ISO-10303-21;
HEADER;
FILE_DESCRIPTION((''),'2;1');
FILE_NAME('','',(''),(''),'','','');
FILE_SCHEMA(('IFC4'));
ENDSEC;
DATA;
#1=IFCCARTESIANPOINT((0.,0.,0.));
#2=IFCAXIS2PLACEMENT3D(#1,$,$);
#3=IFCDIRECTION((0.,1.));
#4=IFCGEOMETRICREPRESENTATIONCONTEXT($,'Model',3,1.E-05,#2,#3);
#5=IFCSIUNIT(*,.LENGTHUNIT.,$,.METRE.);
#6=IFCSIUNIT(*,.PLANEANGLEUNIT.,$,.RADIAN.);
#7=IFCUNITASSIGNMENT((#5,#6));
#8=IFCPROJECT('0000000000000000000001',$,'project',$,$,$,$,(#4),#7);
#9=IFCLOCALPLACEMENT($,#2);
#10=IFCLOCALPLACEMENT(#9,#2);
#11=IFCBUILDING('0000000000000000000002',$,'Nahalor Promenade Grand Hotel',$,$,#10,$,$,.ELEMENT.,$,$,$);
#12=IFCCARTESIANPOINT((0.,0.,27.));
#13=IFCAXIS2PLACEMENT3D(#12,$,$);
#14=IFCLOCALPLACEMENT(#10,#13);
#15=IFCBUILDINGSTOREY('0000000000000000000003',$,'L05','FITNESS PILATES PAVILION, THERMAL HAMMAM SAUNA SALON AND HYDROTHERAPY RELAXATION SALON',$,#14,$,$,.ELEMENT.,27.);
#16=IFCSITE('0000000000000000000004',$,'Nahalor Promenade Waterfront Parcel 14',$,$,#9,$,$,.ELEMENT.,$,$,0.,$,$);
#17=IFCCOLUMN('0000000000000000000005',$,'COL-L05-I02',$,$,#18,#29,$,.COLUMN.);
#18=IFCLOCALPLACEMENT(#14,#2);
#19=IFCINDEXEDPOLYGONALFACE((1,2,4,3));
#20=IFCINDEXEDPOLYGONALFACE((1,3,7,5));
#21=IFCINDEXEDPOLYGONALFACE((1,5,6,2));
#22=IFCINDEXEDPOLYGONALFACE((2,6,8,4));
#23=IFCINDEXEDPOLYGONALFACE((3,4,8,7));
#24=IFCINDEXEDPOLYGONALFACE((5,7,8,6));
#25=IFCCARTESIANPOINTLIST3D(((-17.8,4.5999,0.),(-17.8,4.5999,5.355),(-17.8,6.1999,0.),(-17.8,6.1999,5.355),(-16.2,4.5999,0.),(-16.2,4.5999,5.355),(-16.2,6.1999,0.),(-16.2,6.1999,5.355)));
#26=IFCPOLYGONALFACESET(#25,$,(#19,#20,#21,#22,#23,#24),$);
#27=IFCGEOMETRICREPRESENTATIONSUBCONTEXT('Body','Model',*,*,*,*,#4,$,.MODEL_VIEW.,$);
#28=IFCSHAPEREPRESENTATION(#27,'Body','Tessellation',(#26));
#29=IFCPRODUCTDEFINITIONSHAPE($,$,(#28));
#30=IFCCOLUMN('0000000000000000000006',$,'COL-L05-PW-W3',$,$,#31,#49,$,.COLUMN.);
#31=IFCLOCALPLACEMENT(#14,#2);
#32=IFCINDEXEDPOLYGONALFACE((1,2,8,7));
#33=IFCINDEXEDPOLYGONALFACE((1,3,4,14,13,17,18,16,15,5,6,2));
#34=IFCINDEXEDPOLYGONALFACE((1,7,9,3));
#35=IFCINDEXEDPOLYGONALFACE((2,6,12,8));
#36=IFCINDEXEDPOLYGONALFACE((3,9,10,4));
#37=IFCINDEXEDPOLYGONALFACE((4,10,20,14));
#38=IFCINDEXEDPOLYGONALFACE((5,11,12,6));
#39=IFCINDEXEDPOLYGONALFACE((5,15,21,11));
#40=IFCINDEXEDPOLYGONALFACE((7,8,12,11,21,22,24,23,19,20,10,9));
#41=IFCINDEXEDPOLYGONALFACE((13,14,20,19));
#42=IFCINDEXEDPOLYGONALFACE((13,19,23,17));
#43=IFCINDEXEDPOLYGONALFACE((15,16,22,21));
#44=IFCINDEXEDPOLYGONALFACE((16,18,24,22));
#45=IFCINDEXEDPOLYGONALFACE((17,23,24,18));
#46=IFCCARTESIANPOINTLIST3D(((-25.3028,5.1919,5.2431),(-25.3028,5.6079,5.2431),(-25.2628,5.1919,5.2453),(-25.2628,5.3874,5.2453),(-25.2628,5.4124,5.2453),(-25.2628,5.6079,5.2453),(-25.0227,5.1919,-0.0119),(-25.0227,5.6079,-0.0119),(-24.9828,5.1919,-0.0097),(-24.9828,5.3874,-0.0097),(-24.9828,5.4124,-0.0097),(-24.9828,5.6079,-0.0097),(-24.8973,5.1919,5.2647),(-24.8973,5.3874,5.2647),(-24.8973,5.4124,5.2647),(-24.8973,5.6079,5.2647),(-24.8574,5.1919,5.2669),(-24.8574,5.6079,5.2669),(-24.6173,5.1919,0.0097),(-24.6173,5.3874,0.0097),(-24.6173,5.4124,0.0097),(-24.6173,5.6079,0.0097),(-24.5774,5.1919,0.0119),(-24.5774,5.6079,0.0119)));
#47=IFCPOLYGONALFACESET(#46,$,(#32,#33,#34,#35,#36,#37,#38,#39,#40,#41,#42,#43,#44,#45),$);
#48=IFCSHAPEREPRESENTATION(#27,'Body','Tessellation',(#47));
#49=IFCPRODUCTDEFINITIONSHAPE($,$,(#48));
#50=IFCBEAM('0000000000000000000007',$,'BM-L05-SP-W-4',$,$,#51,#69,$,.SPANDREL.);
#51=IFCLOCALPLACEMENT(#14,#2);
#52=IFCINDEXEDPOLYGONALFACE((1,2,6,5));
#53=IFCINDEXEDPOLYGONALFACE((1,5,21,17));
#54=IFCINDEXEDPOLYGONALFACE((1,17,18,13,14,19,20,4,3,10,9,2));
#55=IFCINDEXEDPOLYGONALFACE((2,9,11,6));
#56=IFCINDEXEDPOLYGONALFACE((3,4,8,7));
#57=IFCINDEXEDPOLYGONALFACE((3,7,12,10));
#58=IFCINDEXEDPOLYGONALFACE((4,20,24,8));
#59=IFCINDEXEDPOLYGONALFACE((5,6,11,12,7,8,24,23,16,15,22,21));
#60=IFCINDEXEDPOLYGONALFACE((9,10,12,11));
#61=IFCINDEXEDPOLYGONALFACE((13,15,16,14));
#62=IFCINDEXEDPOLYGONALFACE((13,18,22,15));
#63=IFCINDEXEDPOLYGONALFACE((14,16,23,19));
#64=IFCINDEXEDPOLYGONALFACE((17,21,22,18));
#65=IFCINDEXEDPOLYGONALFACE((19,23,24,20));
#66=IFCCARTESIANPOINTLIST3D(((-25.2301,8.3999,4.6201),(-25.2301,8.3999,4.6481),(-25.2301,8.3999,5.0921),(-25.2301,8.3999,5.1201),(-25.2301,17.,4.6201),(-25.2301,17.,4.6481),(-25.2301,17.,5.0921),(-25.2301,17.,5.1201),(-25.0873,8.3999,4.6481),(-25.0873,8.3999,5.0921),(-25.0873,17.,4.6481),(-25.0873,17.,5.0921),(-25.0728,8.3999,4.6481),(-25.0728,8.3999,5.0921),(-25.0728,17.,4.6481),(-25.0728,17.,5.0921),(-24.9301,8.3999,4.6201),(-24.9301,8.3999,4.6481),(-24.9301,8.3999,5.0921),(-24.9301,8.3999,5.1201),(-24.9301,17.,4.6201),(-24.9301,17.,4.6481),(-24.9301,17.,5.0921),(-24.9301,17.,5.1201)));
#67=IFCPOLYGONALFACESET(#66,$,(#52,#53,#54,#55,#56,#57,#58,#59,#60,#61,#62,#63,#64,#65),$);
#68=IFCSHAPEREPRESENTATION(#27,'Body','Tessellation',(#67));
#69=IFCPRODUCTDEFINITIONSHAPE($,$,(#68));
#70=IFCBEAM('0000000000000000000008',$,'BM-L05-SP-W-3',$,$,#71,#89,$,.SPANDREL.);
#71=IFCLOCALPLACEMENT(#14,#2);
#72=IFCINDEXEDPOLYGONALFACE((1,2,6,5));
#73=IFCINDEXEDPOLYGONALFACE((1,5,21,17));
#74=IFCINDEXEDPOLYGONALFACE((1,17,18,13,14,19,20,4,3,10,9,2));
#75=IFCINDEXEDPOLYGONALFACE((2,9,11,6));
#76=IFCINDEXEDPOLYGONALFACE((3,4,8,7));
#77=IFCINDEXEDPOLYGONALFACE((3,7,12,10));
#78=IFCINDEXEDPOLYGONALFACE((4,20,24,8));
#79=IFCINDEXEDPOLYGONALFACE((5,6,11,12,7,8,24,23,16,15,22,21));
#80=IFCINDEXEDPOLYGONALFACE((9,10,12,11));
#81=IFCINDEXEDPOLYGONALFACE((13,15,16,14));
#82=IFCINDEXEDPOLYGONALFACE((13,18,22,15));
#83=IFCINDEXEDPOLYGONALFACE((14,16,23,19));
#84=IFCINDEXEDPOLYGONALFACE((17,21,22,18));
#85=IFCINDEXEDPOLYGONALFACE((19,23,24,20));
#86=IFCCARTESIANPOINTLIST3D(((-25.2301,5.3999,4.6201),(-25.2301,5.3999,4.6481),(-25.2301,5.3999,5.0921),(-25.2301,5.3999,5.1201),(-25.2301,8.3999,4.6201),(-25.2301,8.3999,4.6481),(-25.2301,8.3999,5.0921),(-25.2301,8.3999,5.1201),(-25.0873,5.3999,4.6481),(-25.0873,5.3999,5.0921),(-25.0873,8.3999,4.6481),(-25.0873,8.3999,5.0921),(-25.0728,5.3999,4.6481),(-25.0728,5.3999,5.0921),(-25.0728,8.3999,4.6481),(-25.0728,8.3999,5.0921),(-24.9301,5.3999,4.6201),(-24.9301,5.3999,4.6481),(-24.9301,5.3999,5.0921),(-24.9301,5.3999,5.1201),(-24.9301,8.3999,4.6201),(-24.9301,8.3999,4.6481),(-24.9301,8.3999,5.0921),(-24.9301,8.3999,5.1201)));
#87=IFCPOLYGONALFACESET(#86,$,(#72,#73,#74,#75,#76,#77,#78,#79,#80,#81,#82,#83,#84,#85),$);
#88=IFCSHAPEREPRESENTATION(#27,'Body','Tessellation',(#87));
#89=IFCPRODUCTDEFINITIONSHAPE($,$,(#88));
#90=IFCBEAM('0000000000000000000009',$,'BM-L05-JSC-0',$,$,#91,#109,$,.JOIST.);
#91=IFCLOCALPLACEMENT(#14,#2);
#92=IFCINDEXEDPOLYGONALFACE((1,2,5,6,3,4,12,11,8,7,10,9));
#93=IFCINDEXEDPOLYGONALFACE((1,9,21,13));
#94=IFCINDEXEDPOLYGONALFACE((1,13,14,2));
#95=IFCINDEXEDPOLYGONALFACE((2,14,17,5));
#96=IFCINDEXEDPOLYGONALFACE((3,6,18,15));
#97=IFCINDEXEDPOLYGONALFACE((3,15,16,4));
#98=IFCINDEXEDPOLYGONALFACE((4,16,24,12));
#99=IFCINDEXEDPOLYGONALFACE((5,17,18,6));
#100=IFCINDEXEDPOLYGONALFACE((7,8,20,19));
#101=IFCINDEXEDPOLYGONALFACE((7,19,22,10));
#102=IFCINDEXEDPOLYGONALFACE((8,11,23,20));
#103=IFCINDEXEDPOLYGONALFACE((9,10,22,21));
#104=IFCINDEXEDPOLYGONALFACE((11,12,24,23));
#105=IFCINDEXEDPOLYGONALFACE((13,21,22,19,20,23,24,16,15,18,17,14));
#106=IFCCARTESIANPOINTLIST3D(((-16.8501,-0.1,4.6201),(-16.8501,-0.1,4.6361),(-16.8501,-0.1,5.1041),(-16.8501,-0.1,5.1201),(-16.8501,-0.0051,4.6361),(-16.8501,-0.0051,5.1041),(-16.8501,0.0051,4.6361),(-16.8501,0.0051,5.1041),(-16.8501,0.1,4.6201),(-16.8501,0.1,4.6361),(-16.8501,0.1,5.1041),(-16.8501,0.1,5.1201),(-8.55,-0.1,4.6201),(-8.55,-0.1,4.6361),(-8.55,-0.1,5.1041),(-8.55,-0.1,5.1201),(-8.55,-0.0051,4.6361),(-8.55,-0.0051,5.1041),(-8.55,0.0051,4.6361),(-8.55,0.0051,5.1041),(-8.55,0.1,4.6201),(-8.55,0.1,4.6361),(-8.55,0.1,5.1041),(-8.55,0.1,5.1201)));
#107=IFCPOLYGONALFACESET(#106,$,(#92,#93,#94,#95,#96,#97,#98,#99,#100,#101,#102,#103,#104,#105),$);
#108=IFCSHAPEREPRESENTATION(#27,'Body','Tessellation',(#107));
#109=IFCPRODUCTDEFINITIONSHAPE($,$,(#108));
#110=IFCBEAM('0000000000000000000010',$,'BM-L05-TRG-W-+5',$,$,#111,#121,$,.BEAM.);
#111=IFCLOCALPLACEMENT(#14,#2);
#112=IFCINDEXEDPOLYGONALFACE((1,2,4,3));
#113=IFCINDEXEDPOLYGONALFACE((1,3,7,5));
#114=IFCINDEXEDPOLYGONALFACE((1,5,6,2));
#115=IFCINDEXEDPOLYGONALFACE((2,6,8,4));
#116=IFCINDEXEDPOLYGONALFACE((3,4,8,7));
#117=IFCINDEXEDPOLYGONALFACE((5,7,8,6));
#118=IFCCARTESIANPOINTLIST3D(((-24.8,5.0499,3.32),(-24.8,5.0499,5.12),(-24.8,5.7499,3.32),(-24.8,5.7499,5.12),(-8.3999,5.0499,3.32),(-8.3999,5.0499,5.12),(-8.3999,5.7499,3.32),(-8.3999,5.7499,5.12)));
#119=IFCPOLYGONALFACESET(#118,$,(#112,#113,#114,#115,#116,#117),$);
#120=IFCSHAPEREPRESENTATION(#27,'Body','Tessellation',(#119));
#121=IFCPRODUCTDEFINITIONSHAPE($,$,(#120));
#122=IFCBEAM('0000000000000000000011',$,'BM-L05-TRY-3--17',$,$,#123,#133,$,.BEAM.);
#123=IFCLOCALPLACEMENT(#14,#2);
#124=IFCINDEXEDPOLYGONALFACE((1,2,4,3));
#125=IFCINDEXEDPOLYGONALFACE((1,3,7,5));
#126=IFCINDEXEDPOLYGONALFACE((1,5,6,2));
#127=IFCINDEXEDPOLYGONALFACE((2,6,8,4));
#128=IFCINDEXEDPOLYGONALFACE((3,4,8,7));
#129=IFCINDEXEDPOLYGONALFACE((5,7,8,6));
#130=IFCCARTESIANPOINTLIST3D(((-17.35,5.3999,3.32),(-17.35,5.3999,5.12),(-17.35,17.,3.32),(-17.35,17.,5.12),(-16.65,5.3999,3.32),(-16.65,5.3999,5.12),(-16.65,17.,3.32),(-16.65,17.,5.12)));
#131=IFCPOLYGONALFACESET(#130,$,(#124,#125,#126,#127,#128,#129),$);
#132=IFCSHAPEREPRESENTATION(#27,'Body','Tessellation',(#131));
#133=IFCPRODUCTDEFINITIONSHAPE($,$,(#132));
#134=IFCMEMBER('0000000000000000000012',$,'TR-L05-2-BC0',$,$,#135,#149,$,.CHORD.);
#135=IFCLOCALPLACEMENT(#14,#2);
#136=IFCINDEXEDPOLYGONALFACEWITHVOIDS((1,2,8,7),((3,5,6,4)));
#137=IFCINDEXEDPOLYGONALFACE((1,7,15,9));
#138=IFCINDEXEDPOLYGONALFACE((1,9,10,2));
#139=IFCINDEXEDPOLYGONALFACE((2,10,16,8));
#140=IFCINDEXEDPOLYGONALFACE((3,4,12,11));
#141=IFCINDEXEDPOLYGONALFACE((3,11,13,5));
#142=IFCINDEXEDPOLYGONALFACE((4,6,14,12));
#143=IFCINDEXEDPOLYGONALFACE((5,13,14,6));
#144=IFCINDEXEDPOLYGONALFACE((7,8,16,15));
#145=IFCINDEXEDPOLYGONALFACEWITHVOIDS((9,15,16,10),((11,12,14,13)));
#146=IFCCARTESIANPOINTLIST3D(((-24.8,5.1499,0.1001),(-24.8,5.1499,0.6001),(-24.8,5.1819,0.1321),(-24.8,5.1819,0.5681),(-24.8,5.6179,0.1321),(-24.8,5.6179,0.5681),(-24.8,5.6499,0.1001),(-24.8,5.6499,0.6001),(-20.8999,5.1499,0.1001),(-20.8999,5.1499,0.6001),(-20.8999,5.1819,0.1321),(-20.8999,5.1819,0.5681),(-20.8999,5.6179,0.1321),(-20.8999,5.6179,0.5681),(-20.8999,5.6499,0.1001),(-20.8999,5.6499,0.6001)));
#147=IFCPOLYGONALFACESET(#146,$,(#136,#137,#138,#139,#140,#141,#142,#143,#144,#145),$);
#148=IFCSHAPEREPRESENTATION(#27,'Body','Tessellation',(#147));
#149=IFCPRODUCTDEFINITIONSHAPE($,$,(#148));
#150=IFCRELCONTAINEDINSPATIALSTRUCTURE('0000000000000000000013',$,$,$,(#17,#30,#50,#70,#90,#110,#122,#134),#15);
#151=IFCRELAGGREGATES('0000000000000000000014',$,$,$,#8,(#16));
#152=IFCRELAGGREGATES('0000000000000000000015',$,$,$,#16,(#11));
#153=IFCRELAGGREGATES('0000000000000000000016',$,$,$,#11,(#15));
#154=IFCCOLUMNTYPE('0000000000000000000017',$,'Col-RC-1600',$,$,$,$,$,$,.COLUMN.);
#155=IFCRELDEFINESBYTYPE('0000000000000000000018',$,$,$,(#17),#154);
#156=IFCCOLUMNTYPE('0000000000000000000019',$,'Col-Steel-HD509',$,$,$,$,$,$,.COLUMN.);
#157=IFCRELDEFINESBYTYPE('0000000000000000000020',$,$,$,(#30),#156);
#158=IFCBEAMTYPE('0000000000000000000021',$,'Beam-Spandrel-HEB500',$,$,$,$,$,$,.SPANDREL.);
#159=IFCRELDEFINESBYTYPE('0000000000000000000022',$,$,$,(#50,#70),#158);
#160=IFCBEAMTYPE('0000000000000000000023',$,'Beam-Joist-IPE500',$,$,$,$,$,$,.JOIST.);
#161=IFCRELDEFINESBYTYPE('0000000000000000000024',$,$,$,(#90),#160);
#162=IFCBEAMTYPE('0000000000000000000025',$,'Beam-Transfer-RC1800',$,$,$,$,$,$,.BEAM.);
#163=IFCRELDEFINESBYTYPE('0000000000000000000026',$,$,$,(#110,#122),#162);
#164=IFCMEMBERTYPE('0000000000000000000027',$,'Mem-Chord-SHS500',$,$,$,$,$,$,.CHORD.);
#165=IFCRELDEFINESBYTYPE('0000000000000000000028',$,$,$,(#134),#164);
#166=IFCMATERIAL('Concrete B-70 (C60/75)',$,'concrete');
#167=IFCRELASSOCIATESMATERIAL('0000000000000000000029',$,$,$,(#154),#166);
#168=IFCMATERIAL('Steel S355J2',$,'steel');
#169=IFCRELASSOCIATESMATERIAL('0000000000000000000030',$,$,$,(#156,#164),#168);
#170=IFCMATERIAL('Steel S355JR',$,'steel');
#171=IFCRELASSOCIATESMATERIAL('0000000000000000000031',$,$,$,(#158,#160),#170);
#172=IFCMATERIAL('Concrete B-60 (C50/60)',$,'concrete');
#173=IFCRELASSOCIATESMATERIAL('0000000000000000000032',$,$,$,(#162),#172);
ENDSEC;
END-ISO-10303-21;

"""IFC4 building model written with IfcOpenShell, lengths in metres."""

from ifc_helpers import new_model, si_unit, direction, frame, origin, origin_2d, place, context, subcontext, project, spatial, rectangle, hollow_rectangle, i_section, extrude, source, transform, mapped, material, material_profile, profile_set, type_object, element, save


model = new_model("IFC4")

# Units and contexts
model_context = context("Model", 3, precision=1e-05, world=origin(), true_north=direction((0.0, 1.0)))
body_context = subcontext(model_context, "Body", "Model", "MODEL_VIEW")
ifc_project = project(units=[si_unit("LENGTHUNIT", "METRE"), si_unit("PLANEANGLEUNIT", "RADIAN")], contexts=[model_context])

# Site, building, storey
site_placement = place(None, origin())
site = spatial("IfcSite", under=ifc_project, at=site_placement, Name="Nahalor Promenade Waterfront Parcel 14", CompositionType="ELEMENT", RefElevation=0.0)
building_placement = place(site_placement, origin())
building = spatial("IfcBuilding", under=site, at=building_placement, Name="Nahalor Promenade Grand Hotel", CompositionType="ELEMENT")
storey_placement = place(building_placement, frame((0.0, 0.0, 27.0)))
storey = spatial("IfcBuildingStorey", under=building, at=storey_placement, Name="L05", Description="FITNESS PILATES PAVILION, THERMAL HAMMAM SAUNA SALON AND HYDROTHERAPY RELAXATION SALON", CompositionType="ELEMENT", Elevation=27.0)

# Columns
ifc_material_1 = material(Name="Concrete B-70 (C60/75)", Category="concrete")
ifc_material_profile_1 = material_profile(ifc_material_1, rectangle(XDim=1.6, YDim=1.6, at=origin_2d()), Name="RC 1600x1600")
ifc_profile_set_1 = profile_set([ifc_material_profile_1], Name="Concrete B-70 (C60/75)")
column_type_1 = type_object("IfcColumnType", Name="Col-RC-1600", PredefinedType="COLUMN", material=ifc_profile_set_1)
shared_shape_1 = source(origin(), body_context, "Body", "SweptSolid", [
    extrude(rectangle(XDim=1.6, YDim=1.6, at=origin_2d()), origin(), (0.0, 0.0, 1.0), 5.355),
])
column_1_placement = place(storey_placement, frame((-17.0, 5.3999, 0.0), z_axis=(0.0, 0.0, 1.0), x_axis=(1.0, 0.0, 0.0)))
element("IfcColumn", 1, at=column_1_placement, inside=storey, type_object=column_type_1, Name="COL-L05-I02", PredefinedType="COLUMN", context=body_context, shape_type="MappedRepresentation", body=[
    mapped(shared_shape_1, transform((0.0, 0.0, 0.0), scale=1.0)),
])
ifc_material_2 = material(Name="Steel S355J2", Category="steel")
ifc_material_profile_2 = material_profile(ifc_material_2, i_section(OverallWidth=0.416, OverallDepth=0.446, WebThickness=0.025, FlangeThickness=0.04, at=origin_2d()), Name="HD 400x509")
ifc_profile_set_2 = profile_set([ifc_material_profile_2], Name="Steel S355J2")
column_type_2 = type_object("IfcColumnType", Name="Col-Steel-HD509", PredefinedType="COLUMN", material=ifc_profile_set_2)
shared_shape_2 = source(origin(), body_context, "Body", "SweptSolid", [
    extrude(i_section(OverallWidth=0.416, OverallDepth=0.446, WebThickness=0.025, FlangeThickness=0.04, at=origin_2d()), origin(), (0.0, 0.0, 1.0), 5.2625),
])
column_2_placement = place(storey_placement, frame((-24.8, 5.3999, 0.0), z_axis=(-0.053214, 0.0, 0.998583), x_axis=(0.0, -1.0, 0.0)))
element("IfcColumn", 2, at=column_2_placement, inside=storey, type_object=column_type_2, Name="COL-L05-PW-W3", PredefinedType="COLUMN", context=body_context, shape_type="MappedRepresentation", body=[
    mapped(shared_shape_2, transform((0.0, 0.0, 0.0), scale=1.0)),
])

# Beams
ifc_material_3 = material(Name="Steel S355JR", Category="steel")
ifc_material_profile_3 = material_profile(ifc_material_3, i_section(OverallWidth=0.3, OverallDepth=0.5, WebThickness=0.0145, FlangeThickness=0.028, at=origin_2d()), Name="HEB 500")
ifc_profile_set_3 = profile_set([ifc_material_profile_3], Name="Steel S355JR")
beam_type_1 = type_object("IfcBeamType", Name="Beam-Spandrel-HEB500", PredefinedType="SPANDREL", material=ifc_profile_set_3)
shared_shape_3 = source(origin(), body_context, "Body", "SweptSolid", [
    extrude(i_section(OverallWidth=0.3, OverallDepth=0.5, WebThickness=0.0145, FlangeThickness=0.028, at=origin_2d()), origin(), (0.0, 0.0, 1.0), 8.6001),
])
beam_1_placement = place(storey_placement, frame((-25.0801, 8.3999, 4.8701), z_axis=(0.0, 1.0, 0.0), x_axis=(-1.0, 0.0, 0.0)))
element("IfcBeam", 3, at=beam_1_placement, inside=storey, type_object=beam_type_1, Name="BM-L05-SP-W-4", PredefinedType="SPANDREL", context=body_context, shape_type="MappedRepresentation", body=[
    mapped(shared_shape_3, transform((0.0, 0.0, 0.0), scale=1.0)),
])
shared_shape_4 = source(origin(), body_context, "Body", "SweptSolid", [
    extrude(i_section(OverallWidth=0.3, OverallDepth=0.5, WebThickness=0.0145, FlangeThickness=0.028, at=origin_2d()), origin(), (0.0, 0.0, 1.0), 3.0),
])
beam_2_placement = place(storey_placement, frame((-25.0801, 5.3999, 4.8701), z_axis=(0.0, 1.0, 0.0), x_axis=(-1.0, 0.0, 0.0)))
element("IfcBeam", 4, at=beam_2_placement, inside=storey, type_object=beam_type_1, Name="BM-L05-SP-W-3", PredefinedType="SPANDREL", context=body_context, shape_type="MappedRepresentation", body=[
    mapped(shared_shape_4, transform((0.0, 0.0, 0.0), scale=1.0)),
])
ifc_material_profile_4 = material_profile(ifc_material_3, i_section(OverallWidth=0.2, OverallDepth=0.5, WebThickness=0.0102, FlangeThickness=0.016, at=origin_2d()), Name="IPE 500")
ifc_profile_set_4 = profile_set([ifc_material_profile_4], Name="Steel S355JR")
beam_type_2 = type_object("IfcBeamType", Name="Beam-Joist-IPE500", PredefinedType="JOIST", material=ifc_profile_set_4)
shared_shape_5 = source(origin(), body_context, "Body", "SweptSolid", [
    extrude(i_section(OverallWidth=0.2, OverallDepth=0.5, WebThickness=0.0102, FlangeThickness=0.016, at=origin_2d()), origin(), (0.0, 0.0, 1.0), 8.3),
])
beam_3_placement = place(storey_placement, frame((-16.8501, 0.0, 4.8701), z_axis=(1.0, 0.0, 0.0), x_axis=(0.0, 1.0, 0.0)))
element("IfcBeam", 5, at=beam_3_placement, inside=storey, type_object=beam_type_2, Name="BM-L05-JSC-0", PredefinedType="JOIST", context=body_context, shape_type="MappedRepresentation", body=[
    mapped(shared_shape_5, transform((0.0, 0.0, 0.0), scale=1.0)),
])
ifc_material_4 = material(Name="Concrete B-60 (C50/60)", Category="concrete")
ifc_material_profile_5 = material_profile(ifc_material_4, rectangle(XDim=0.7, YDim=1.8, at=origin_2d()), Name="RC 700x1800")
ifc_profile_set_5 = profile_set([ifc_material_profile_5], Name="Concrete B-60 (C50/60)")
beam_type_3 = type_object("IfcBeamType", Name="Beam-Transfer-RC1800", PredefinedType="BEAM", material=ifc_profile_set_5)
shared_shape_6 = source(origin(), body_context, "Body", "SweptSolid", [
    extrude(rectangle(XDim=0.7, YDim=1.8, at=origin_2d()), origin(), (0.0, 0.0, 1.0), 16.4001),
])
beam_4_placement = place(storey_placement, frame((-24.8, 5.3999, 4.22), z_axis=(1.0, 0.0, 0.0), x_axis=(0.0, 1.0, 0.0)))
element("IfcBeam", 6, at=beam_4_placement, inside=storey, type_object=beam_type_3, Name="BM-L05-TRG-W-+5", PredefinedType="BEAM", context=body_context, shape_type="MappedRepresentation", body=[
    mapped(shared_shape_6, transform((0.0, 0.0, 0.0), scale=1.0)),
])
shared_shape_7 = source(origin(), body_context, "Body", "SweptSolid", [
    extrude(rectangle(XDim=0.7, YDim=1.8, at=origin_2d()), origin(), (0.0, 0.0, 1.0), 11.6001),
])
beam_5_placement = place(storey_placement, frame((-17.0, 5.3999, 4.22), z_axis=(0.0, 1.0, 0.0), x_axis=(-1.0, 0.0, 0.0)))
element("IfcBeam", 7, at=beam_5_placement, inside=storey, type_object=beam_type_3, Name="BM-L05-TRY-3--17", PredefinedType="BEAM", context=body_context, shape_type="MappedRepresentation", body=[
    mapped(shared_shape_7, transform((0.0, 0.0, 0.0), scale=1.0)),
])

# Member
ifc_material_profile_6 = material_profile(ifc_material_2, hollow_rectangle(XDim=0.5, YDim=0.5, WallThickness=0.032, at=origin_2d()), Name="SHS 500x500x32")
ifc_profile_set_6 = profile_set([ifc_material_profile_6], Name="Steel S355J2")
member_type_1 = type_object("IfcMemberType", Name="Mem-Chord-SHS500", PredefinedType="CHORD", material=ifc_profile_set_6)
shared_shape_8 = source(origin(), body_context, "Body", "SweptSolid", [
    extrude(hollow_rectangle(XDim=0.5, YDim=0.5, WallThickness=0.032, at=origin_2d()), origin(), (0.0, 0.0, 1.0), 3.9001),
])
member_1_placement = place(storey_placement, frame((-24.8, 5.3999, 0.3501), z_axis=(1.0, 0.0, 0.0), x_axis=(0.0, 1.0, 0.0)))
element("IfcMember", 8, at=member_1_placement, inside=storey, type_object=member_type_1, Name="TR-L05-2-BC0", PredefinedType="CHORD", context=body_context, shape_type="MappedRepresentation", body=[
    mapped(shared_shape_8, transform((0.0, 0.0, 0.0), scale=1.0)),
])

save(model, "model.ifc")
